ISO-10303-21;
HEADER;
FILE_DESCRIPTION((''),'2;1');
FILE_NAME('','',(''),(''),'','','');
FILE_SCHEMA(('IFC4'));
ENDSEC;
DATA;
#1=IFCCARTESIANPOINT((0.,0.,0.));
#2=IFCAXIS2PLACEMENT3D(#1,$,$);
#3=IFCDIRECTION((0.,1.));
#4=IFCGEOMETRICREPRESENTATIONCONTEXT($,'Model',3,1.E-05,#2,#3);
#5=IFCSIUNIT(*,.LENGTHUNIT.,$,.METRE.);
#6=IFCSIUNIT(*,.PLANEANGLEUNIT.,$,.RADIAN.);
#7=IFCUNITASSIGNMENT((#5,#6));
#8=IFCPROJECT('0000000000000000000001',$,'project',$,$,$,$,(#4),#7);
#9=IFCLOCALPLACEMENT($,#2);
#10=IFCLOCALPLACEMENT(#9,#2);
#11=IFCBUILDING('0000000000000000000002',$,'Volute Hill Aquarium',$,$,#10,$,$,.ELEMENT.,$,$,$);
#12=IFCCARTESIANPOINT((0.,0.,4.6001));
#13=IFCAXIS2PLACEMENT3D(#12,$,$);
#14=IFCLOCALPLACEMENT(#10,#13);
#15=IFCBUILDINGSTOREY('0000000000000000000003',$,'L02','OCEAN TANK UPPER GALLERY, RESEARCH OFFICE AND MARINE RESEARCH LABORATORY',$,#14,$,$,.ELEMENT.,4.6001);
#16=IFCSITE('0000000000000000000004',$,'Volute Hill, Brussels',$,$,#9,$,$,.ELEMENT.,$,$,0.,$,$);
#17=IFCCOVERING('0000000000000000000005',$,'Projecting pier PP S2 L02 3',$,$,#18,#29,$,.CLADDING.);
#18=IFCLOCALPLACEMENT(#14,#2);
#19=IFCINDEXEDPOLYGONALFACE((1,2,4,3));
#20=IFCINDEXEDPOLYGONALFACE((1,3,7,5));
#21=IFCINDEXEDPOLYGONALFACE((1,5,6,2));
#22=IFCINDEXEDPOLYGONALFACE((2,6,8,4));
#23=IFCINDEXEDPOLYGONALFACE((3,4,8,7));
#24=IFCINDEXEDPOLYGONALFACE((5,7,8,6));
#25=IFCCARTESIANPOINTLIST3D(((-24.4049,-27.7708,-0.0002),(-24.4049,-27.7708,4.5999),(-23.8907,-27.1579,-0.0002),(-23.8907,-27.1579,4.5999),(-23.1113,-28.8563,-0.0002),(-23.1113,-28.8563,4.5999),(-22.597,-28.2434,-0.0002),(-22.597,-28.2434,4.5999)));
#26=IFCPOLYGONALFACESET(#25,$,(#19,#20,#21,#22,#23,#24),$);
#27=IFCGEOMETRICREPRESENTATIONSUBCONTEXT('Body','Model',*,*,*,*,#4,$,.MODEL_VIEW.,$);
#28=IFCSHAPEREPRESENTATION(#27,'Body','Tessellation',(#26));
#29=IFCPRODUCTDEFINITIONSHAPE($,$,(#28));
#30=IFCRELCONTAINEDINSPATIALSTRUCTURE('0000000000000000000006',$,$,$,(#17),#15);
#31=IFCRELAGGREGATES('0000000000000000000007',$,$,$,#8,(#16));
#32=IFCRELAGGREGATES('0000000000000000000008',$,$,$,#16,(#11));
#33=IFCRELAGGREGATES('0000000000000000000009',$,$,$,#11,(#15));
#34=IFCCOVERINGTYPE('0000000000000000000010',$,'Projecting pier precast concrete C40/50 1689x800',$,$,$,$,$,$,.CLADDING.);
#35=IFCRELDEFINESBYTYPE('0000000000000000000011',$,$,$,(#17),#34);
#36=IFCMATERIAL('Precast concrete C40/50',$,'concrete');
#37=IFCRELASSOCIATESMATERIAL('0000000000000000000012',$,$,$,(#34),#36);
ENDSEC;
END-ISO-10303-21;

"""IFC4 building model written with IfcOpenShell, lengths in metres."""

from ifc_helpers import new_model, si_unit, direction, frame, origin, origin_2d, place, context, subcontext, project, spatial, rectangle, extrude, material, type_object, element, save


model = new_model("IFC4")

# Units and contexts
model_context = context("Model", 3, precision=1e-05, world=origin(), true_north=direction((0.0, 1.0)))
body_context = subcontext(model_context, "Body", "Model", "MODEL_VIEW")
ifc_project = project(units=[si_unit("LENGTHUNIT", "METRE"), si_unit("PLANEANGLEUNIT", "RADIAN")], contexts=[model_context])

# Site, building, storey
site_placement = place(None, origin())
site = spatial("IfcSite", under=ifc_project, at=site_placement, Name="Volute Hill, Brussels", CompositionType="ELEMENT", RefElevation=0.0)
building_placement = place(site_placement, origin())
building = spatial("IfcBuilding", under=site, at=building_placement, Name="Volute Hill Aquarium", CompositionType="ELEMENT")
storey_placement = place(building_placement, frame((0.0, 0.0, 4.6001)))
storey = spatial("IfcBuildingStorey", under=building, at=storey_placement, Name="L02", Description="OCEAN TANK UPPER GALLERY, RESEARCH OFFICE AND MARINE RESEARCH LABORATORY", CompositionType="ELEMENT", Elevation=4.6001)

# Covering
ifc_material_1 = material(Name="Precast concrete C40/50", Category="concrete")
covering_type_1 = type_object("IfcCoveringType", Name="Projecting pier precast concrete C40/50 1689x800", PredefinedType="CLADDING", material=ifc_material_1)
for number, where, z_axis, x_axis, name in (
    (1, (-23.501, -28.0071, -0.0002), (0.0, 0.0, 1.0), (0.766044, -0.642788, 0.0), "Projecting pier PP S2 L02 3"),
):
    element("IfcCovering", number, at=place(storey_placement, frame(where, z_axis=z_axis, x_axis=x_axis)), inside=storey, type_object=covering_type_1, Name=name, PredefinedType="CLADDING", context=body_context, shape_type="SweptSolid", body=[
        extrude(rectangle(XDim=1.6887, YDim=0.8, at=origin_2d()), origin(), (0.0, 0.0, 1.0), 4.6001),
    ])

save(model, "model.ifc")
